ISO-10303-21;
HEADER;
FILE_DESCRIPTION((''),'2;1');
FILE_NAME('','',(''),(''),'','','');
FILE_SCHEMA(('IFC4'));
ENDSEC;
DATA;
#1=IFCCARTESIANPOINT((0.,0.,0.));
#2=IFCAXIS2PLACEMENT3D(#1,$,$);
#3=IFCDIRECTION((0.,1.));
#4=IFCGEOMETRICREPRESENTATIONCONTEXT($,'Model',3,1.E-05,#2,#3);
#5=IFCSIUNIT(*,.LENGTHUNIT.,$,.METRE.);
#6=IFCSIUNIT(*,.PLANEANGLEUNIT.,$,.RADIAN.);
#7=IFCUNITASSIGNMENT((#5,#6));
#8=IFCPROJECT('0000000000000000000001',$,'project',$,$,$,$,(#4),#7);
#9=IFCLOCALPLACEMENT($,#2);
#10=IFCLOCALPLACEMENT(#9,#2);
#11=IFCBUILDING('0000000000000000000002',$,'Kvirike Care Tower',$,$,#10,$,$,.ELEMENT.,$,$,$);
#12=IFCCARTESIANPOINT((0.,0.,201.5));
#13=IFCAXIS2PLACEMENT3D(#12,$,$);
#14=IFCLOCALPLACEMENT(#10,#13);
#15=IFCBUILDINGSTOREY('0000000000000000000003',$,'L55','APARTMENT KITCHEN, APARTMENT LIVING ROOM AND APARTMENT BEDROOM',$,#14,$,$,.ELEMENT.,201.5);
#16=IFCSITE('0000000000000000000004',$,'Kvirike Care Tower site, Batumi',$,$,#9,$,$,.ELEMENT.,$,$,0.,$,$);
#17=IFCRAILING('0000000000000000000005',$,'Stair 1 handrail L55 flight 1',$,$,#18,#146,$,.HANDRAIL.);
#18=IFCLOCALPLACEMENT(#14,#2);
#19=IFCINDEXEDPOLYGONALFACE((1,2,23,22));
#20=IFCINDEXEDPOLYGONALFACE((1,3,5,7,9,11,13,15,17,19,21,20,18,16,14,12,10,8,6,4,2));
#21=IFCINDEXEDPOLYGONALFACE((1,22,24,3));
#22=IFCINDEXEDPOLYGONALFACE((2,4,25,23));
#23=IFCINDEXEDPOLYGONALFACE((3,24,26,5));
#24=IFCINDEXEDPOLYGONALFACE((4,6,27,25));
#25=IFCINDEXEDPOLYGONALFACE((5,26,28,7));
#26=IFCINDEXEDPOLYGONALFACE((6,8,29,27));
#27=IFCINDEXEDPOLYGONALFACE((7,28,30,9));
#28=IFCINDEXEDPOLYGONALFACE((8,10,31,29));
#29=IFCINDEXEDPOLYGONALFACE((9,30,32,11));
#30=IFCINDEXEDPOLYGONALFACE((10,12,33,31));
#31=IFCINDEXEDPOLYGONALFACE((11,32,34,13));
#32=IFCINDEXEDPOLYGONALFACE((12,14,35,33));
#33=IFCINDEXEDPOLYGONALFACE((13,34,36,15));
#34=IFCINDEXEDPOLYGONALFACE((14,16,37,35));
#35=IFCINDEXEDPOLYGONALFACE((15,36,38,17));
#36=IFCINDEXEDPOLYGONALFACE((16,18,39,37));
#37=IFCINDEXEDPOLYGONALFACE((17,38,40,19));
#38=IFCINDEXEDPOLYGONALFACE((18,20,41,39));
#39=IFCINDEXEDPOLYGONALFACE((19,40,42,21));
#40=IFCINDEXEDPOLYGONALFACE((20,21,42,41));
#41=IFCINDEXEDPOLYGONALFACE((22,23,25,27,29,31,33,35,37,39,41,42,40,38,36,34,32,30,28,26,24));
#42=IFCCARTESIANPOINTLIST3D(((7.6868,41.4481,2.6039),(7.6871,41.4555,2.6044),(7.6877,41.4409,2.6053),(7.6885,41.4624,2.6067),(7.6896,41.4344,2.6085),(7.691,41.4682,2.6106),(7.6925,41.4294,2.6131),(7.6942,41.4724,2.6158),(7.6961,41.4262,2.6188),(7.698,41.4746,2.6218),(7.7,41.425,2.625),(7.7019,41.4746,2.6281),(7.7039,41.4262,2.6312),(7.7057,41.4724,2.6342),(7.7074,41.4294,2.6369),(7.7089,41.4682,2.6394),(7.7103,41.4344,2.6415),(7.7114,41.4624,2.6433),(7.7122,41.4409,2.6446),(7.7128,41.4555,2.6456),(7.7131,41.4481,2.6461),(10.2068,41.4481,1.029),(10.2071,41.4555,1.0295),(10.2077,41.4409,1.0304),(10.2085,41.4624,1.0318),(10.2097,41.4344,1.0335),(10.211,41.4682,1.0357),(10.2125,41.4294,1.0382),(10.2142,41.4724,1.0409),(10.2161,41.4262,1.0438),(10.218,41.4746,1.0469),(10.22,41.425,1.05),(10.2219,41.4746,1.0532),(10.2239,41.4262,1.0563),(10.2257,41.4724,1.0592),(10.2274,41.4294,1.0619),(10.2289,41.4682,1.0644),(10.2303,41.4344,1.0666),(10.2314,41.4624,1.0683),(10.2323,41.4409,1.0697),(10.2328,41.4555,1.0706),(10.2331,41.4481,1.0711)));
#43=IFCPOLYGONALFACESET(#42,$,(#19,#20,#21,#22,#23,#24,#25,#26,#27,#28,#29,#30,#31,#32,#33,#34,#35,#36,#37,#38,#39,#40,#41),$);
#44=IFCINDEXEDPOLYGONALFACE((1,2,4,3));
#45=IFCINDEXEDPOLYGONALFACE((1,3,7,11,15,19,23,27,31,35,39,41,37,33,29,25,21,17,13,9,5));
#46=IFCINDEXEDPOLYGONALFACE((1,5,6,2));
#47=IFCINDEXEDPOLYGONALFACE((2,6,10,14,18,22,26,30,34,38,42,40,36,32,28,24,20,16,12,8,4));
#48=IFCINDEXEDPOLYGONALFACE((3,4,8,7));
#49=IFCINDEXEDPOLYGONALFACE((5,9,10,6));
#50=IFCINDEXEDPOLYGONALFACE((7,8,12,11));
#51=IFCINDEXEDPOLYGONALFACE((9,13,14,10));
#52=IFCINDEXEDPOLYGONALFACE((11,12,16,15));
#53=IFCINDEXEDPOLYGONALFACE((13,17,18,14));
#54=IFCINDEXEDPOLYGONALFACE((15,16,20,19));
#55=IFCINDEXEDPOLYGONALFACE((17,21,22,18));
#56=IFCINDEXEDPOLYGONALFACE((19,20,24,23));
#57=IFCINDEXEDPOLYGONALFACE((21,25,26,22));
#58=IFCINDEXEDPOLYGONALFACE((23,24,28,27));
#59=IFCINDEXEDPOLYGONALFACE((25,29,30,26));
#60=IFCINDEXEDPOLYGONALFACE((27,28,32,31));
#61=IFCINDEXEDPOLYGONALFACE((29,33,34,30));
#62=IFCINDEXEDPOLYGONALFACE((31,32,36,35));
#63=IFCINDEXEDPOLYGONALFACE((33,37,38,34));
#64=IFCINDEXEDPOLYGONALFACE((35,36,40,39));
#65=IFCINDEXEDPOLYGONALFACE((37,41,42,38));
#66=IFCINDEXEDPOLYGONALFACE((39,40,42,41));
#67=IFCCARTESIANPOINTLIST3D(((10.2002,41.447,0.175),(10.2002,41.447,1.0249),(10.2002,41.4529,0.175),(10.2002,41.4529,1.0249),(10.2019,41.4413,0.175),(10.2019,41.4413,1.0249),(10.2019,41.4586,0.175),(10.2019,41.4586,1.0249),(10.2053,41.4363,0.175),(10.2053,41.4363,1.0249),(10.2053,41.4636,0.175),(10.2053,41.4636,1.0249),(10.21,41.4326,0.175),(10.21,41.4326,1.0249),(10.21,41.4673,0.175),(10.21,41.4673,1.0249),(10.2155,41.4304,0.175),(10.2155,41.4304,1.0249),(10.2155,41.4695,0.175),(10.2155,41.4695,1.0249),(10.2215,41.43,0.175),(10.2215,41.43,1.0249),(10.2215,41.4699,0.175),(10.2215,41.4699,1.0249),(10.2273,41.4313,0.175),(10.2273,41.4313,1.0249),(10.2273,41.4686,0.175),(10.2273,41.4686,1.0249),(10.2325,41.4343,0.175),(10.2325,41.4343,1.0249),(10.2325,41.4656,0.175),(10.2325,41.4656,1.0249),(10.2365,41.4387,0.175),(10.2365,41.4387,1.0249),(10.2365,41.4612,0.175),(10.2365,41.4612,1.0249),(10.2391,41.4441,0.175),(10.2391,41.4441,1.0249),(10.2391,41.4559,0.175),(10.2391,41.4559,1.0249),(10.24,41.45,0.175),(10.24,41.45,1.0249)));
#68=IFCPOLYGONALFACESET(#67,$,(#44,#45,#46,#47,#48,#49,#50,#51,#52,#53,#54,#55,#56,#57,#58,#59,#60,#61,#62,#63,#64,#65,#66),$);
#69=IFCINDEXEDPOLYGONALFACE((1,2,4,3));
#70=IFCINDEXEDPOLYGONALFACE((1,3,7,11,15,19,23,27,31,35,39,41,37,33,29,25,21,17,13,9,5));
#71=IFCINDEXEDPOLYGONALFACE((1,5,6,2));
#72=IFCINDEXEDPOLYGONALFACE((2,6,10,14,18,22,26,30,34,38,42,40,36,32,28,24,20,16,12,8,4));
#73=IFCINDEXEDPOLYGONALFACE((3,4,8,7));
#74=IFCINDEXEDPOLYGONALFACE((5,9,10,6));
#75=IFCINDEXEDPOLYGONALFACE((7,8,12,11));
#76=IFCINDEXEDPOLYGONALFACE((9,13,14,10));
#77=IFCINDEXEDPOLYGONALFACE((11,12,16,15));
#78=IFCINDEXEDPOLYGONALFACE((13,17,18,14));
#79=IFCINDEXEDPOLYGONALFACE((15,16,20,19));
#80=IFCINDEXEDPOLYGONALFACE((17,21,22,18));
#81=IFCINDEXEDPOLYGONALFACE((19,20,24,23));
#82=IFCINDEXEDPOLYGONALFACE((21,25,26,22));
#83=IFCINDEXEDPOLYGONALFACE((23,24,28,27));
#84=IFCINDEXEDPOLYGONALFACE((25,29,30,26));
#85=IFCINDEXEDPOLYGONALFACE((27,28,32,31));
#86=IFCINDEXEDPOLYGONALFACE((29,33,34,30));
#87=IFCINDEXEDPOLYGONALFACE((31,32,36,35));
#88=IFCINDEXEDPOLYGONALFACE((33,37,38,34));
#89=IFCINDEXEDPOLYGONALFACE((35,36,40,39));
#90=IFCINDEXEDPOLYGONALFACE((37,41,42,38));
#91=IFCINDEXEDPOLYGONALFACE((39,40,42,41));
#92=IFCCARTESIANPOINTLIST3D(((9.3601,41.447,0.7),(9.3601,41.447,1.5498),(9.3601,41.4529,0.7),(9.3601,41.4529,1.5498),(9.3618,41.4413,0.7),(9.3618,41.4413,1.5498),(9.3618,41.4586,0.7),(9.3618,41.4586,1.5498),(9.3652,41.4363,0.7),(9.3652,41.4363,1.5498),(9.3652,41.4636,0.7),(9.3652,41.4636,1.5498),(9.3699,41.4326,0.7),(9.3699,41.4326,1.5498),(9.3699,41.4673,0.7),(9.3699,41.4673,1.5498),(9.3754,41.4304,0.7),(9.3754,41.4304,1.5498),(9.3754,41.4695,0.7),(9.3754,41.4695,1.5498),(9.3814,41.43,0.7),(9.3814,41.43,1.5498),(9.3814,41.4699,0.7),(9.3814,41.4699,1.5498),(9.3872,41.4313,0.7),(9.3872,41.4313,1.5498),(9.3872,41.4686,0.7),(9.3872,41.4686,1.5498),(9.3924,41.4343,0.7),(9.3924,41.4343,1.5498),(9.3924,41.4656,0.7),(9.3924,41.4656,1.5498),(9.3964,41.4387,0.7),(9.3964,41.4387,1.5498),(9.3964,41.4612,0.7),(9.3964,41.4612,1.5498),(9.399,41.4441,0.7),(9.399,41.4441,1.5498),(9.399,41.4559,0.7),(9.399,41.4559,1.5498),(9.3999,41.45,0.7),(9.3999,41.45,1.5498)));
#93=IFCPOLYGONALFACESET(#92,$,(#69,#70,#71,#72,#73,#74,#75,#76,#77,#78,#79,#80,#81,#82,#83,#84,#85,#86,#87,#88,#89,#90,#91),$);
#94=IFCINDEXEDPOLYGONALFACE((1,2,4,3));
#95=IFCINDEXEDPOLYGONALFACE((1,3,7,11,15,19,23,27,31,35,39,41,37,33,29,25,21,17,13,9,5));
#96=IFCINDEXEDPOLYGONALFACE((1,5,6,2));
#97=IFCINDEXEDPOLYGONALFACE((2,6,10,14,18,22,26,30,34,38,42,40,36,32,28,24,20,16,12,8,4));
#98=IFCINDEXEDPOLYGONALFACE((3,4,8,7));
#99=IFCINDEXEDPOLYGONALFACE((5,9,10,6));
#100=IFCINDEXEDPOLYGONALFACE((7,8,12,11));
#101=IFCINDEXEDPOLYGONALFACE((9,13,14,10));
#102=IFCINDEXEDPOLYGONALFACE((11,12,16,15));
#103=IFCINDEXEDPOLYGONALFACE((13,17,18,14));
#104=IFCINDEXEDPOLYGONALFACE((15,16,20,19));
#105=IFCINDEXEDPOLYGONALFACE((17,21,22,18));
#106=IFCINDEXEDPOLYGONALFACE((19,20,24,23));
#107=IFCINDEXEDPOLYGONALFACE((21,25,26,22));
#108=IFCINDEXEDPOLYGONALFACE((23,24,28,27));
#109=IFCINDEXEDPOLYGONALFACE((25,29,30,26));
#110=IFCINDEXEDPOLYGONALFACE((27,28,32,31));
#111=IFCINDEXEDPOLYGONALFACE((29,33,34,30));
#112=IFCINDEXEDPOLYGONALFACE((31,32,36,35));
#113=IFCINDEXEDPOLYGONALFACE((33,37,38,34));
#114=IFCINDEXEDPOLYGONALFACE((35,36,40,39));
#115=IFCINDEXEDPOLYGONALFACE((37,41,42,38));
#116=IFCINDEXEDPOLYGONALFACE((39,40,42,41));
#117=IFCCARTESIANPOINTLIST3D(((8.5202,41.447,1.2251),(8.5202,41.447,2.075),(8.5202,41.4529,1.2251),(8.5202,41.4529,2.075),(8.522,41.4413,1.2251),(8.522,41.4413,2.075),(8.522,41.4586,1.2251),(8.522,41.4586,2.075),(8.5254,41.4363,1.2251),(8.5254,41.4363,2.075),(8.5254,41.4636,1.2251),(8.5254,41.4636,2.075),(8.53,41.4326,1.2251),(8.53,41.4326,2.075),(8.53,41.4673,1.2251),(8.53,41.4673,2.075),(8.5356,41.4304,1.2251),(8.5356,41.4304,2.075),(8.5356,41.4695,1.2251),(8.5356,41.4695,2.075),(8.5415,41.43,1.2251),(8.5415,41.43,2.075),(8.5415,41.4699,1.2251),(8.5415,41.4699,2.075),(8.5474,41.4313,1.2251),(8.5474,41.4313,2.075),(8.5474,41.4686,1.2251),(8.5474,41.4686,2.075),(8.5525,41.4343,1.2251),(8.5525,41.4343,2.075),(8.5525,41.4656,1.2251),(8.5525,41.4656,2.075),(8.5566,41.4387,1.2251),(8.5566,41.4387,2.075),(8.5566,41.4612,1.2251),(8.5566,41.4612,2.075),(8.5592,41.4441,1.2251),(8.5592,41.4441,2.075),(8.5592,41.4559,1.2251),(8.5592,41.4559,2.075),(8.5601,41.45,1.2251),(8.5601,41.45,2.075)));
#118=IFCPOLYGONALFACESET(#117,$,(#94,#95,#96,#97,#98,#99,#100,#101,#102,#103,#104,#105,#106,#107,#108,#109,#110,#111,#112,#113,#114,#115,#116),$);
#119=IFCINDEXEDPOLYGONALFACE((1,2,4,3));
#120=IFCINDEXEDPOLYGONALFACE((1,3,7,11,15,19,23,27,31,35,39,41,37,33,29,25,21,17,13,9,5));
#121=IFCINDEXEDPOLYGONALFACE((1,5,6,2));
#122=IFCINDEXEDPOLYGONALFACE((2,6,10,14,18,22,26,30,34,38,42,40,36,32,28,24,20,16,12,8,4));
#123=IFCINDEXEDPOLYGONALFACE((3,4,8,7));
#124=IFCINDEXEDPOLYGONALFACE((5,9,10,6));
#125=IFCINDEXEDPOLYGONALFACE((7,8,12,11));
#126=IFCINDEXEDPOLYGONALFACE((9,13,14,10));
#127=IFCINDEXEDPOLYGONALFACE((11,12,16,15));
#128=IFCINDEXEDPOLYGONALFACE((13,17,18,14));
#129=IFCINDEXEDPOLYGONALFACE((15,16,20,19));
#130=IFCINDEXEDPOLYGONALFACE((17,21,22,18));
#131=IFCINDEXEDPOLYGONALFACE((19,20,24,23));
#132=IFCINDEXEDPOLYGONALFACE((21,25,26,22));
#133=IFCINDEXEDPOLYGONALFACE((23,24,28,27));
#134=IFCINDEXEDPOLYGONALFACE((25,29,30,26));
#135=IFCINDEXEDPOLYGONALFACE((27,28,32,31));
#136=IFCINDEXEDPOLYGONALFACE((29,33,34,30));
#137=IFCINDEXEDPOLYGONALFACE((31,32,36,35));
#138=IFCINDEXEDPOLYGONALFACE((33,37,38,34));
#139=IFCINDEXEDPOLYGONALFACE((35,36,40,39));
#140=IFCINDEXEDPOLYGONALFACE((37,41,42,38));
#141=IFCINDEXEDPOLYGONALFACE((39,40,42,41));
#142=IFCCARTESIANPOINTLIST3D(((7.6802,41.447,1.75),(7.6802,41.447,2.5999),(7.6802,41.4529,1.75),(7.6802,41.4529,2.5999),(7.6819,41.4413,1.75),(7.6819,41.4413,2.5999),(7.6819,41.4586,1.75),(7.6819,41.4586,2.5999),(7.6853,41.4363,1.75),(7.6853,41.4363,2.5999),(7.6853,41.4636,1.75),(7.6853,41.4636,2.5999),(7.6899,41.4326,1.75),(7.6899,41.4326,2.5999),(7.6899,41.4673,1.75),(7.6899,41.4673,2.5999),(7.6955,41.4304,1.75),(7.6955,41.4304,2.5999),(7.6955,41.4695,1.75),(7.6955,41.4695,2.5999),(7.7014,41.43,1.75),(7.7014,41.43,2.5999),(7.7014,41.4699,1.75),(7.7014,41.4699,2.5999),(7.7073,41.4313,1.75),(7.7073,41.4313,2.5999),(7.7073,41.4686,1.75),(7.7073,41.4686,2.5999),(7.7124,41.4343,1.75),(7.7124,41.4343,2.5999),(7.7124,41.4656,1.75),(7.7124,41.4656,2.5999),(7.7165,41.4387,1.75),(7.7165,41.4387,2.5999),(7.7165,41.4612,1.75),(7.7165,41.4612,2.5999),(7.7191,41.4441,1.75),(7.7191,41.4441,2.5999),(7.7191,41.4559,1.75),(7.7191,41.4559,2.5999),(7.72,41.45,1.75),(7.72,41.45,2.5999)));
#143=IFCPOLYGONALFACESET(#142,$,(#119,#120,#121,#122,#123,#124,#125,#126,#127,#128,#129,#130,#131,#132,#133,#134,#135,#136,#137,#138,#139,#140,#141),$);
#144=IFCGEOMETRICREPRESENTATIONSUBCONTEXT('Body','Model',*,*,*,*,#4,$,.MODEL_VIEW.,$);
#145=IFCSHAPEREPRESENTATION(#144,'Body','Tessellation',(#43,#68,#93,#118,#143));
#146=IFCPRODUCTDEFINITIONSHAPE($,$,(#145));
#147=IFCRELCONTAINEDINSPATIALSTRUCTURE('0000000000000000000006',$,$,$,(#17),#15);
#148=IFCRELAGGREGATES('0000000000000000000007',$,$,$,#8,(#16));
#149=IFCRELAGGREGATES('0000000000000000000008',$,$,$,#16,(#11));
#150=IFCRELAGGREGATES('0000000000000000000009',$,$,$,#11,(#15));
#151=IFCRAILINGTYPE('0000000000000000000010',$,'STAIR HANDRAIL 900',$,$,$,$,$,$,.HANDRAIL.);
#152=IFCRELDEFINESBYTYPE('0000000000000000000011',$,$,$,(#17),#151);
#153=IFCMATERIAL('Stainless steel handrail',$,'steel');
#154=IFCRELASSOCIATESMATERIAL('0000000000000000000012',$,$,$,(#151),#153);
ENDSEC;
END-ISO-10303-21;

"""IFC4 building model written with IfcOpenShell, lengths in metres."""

from ifc_helpers import new_model, si_unit, direction, frame, origin, origin_2d, place, context, subcontext, project, spatial, circle, extrude, material, type_object, element, save


model = new_model("IFC4")

# Units and contexts
model_context = context("Model", 3, precision=1e-05, world=origin(), true_north=direction((0.0, 1.0)))
body_context = subcontext(model_context, "Body", "Model", "MODEL_VIEW")
ifc_project = project(units=[si_unit("LENGTHUNIT", "METRE"), si_unit("PLANEANGLEUNIT", "RADIAN")], contexts=[model_context])

# Site, building, storey
site_placement = place(None, origin())
site = spatial("IfcSite", under=ifc_project, at=site_placement, Name="Kvirike Care Tower site, Batumi", CompositionType="ELEMENT", RefElevation=0.0)
building_placement = place(site_placement, origin())
building = spatial("IfcBuilding", under=site, at=building_placement, Name="Kvirike Care Tower", CompositionType="ELEMENT")
storey_placement = place(building_placement, frame((0.0, 0.0, 201.5)))
storey = spatial("IfcBuildingStorey", under=building, at=storey_placement, Name="L55", Description="APARTMENT KITCHEN, APARTMENT LIVING ROOM AND APARTMENT BEDROOM", CompositionType="ELEMENT", Elevation=201.5)

# Railing
ifc_material_1 = material(Name="Stainless steel handrail", Category="steel")
railing_type = type_object("IfcRailingType", Name="STAIR HANDRAIL 900", PredefinedType="HANDRAIL", material=ifc_material_1)
railing_1_placement = place(storey_placement, frame((10.22, 41.45, 0.175)))
element("IfcRailing", 1, at=railing_1_placement, inside=storey, type_object=railing_type, Name="Stair 1 handrail L55 flight 1", PredefinedType="HANDRAIL", context=body_context, shape_type="SweptSolid", body=[
    extrude(circle(Radius=0.0249, at=origin_2d()), frame((0.0, 0.0, 0.875), z_axis=(-0.848008, 0.0, 0.529984), x_axis=(0.0, -1.0, 0.0)), (0.0, 0.0, 1.0), 2.9717),
    extrude(circle(Radius=0.02, at=origin_2d()), origin(), (0.0, 0.0, 1.0), 0.8499),
    extrude(circle(Radius=0.02, at=origin_2d()), frame((-0.8401, 0.0, 0.5249)), (0.0, 0.0, 1.0), 0.8499),
    extrude(circle(Radius=0.02, at=origin_2d()), frame((-1.6799, 0.0, 1.05)), (0.0, 0.0, 1.0), 0.8499),
    extrude(circle(Radius=0.02, at=origin_2d()), frame((-2.52, 0.0, 1.575)), (0.0, 0.0, 1.0), 0.8499),
])

save(model, "model.ifc")
